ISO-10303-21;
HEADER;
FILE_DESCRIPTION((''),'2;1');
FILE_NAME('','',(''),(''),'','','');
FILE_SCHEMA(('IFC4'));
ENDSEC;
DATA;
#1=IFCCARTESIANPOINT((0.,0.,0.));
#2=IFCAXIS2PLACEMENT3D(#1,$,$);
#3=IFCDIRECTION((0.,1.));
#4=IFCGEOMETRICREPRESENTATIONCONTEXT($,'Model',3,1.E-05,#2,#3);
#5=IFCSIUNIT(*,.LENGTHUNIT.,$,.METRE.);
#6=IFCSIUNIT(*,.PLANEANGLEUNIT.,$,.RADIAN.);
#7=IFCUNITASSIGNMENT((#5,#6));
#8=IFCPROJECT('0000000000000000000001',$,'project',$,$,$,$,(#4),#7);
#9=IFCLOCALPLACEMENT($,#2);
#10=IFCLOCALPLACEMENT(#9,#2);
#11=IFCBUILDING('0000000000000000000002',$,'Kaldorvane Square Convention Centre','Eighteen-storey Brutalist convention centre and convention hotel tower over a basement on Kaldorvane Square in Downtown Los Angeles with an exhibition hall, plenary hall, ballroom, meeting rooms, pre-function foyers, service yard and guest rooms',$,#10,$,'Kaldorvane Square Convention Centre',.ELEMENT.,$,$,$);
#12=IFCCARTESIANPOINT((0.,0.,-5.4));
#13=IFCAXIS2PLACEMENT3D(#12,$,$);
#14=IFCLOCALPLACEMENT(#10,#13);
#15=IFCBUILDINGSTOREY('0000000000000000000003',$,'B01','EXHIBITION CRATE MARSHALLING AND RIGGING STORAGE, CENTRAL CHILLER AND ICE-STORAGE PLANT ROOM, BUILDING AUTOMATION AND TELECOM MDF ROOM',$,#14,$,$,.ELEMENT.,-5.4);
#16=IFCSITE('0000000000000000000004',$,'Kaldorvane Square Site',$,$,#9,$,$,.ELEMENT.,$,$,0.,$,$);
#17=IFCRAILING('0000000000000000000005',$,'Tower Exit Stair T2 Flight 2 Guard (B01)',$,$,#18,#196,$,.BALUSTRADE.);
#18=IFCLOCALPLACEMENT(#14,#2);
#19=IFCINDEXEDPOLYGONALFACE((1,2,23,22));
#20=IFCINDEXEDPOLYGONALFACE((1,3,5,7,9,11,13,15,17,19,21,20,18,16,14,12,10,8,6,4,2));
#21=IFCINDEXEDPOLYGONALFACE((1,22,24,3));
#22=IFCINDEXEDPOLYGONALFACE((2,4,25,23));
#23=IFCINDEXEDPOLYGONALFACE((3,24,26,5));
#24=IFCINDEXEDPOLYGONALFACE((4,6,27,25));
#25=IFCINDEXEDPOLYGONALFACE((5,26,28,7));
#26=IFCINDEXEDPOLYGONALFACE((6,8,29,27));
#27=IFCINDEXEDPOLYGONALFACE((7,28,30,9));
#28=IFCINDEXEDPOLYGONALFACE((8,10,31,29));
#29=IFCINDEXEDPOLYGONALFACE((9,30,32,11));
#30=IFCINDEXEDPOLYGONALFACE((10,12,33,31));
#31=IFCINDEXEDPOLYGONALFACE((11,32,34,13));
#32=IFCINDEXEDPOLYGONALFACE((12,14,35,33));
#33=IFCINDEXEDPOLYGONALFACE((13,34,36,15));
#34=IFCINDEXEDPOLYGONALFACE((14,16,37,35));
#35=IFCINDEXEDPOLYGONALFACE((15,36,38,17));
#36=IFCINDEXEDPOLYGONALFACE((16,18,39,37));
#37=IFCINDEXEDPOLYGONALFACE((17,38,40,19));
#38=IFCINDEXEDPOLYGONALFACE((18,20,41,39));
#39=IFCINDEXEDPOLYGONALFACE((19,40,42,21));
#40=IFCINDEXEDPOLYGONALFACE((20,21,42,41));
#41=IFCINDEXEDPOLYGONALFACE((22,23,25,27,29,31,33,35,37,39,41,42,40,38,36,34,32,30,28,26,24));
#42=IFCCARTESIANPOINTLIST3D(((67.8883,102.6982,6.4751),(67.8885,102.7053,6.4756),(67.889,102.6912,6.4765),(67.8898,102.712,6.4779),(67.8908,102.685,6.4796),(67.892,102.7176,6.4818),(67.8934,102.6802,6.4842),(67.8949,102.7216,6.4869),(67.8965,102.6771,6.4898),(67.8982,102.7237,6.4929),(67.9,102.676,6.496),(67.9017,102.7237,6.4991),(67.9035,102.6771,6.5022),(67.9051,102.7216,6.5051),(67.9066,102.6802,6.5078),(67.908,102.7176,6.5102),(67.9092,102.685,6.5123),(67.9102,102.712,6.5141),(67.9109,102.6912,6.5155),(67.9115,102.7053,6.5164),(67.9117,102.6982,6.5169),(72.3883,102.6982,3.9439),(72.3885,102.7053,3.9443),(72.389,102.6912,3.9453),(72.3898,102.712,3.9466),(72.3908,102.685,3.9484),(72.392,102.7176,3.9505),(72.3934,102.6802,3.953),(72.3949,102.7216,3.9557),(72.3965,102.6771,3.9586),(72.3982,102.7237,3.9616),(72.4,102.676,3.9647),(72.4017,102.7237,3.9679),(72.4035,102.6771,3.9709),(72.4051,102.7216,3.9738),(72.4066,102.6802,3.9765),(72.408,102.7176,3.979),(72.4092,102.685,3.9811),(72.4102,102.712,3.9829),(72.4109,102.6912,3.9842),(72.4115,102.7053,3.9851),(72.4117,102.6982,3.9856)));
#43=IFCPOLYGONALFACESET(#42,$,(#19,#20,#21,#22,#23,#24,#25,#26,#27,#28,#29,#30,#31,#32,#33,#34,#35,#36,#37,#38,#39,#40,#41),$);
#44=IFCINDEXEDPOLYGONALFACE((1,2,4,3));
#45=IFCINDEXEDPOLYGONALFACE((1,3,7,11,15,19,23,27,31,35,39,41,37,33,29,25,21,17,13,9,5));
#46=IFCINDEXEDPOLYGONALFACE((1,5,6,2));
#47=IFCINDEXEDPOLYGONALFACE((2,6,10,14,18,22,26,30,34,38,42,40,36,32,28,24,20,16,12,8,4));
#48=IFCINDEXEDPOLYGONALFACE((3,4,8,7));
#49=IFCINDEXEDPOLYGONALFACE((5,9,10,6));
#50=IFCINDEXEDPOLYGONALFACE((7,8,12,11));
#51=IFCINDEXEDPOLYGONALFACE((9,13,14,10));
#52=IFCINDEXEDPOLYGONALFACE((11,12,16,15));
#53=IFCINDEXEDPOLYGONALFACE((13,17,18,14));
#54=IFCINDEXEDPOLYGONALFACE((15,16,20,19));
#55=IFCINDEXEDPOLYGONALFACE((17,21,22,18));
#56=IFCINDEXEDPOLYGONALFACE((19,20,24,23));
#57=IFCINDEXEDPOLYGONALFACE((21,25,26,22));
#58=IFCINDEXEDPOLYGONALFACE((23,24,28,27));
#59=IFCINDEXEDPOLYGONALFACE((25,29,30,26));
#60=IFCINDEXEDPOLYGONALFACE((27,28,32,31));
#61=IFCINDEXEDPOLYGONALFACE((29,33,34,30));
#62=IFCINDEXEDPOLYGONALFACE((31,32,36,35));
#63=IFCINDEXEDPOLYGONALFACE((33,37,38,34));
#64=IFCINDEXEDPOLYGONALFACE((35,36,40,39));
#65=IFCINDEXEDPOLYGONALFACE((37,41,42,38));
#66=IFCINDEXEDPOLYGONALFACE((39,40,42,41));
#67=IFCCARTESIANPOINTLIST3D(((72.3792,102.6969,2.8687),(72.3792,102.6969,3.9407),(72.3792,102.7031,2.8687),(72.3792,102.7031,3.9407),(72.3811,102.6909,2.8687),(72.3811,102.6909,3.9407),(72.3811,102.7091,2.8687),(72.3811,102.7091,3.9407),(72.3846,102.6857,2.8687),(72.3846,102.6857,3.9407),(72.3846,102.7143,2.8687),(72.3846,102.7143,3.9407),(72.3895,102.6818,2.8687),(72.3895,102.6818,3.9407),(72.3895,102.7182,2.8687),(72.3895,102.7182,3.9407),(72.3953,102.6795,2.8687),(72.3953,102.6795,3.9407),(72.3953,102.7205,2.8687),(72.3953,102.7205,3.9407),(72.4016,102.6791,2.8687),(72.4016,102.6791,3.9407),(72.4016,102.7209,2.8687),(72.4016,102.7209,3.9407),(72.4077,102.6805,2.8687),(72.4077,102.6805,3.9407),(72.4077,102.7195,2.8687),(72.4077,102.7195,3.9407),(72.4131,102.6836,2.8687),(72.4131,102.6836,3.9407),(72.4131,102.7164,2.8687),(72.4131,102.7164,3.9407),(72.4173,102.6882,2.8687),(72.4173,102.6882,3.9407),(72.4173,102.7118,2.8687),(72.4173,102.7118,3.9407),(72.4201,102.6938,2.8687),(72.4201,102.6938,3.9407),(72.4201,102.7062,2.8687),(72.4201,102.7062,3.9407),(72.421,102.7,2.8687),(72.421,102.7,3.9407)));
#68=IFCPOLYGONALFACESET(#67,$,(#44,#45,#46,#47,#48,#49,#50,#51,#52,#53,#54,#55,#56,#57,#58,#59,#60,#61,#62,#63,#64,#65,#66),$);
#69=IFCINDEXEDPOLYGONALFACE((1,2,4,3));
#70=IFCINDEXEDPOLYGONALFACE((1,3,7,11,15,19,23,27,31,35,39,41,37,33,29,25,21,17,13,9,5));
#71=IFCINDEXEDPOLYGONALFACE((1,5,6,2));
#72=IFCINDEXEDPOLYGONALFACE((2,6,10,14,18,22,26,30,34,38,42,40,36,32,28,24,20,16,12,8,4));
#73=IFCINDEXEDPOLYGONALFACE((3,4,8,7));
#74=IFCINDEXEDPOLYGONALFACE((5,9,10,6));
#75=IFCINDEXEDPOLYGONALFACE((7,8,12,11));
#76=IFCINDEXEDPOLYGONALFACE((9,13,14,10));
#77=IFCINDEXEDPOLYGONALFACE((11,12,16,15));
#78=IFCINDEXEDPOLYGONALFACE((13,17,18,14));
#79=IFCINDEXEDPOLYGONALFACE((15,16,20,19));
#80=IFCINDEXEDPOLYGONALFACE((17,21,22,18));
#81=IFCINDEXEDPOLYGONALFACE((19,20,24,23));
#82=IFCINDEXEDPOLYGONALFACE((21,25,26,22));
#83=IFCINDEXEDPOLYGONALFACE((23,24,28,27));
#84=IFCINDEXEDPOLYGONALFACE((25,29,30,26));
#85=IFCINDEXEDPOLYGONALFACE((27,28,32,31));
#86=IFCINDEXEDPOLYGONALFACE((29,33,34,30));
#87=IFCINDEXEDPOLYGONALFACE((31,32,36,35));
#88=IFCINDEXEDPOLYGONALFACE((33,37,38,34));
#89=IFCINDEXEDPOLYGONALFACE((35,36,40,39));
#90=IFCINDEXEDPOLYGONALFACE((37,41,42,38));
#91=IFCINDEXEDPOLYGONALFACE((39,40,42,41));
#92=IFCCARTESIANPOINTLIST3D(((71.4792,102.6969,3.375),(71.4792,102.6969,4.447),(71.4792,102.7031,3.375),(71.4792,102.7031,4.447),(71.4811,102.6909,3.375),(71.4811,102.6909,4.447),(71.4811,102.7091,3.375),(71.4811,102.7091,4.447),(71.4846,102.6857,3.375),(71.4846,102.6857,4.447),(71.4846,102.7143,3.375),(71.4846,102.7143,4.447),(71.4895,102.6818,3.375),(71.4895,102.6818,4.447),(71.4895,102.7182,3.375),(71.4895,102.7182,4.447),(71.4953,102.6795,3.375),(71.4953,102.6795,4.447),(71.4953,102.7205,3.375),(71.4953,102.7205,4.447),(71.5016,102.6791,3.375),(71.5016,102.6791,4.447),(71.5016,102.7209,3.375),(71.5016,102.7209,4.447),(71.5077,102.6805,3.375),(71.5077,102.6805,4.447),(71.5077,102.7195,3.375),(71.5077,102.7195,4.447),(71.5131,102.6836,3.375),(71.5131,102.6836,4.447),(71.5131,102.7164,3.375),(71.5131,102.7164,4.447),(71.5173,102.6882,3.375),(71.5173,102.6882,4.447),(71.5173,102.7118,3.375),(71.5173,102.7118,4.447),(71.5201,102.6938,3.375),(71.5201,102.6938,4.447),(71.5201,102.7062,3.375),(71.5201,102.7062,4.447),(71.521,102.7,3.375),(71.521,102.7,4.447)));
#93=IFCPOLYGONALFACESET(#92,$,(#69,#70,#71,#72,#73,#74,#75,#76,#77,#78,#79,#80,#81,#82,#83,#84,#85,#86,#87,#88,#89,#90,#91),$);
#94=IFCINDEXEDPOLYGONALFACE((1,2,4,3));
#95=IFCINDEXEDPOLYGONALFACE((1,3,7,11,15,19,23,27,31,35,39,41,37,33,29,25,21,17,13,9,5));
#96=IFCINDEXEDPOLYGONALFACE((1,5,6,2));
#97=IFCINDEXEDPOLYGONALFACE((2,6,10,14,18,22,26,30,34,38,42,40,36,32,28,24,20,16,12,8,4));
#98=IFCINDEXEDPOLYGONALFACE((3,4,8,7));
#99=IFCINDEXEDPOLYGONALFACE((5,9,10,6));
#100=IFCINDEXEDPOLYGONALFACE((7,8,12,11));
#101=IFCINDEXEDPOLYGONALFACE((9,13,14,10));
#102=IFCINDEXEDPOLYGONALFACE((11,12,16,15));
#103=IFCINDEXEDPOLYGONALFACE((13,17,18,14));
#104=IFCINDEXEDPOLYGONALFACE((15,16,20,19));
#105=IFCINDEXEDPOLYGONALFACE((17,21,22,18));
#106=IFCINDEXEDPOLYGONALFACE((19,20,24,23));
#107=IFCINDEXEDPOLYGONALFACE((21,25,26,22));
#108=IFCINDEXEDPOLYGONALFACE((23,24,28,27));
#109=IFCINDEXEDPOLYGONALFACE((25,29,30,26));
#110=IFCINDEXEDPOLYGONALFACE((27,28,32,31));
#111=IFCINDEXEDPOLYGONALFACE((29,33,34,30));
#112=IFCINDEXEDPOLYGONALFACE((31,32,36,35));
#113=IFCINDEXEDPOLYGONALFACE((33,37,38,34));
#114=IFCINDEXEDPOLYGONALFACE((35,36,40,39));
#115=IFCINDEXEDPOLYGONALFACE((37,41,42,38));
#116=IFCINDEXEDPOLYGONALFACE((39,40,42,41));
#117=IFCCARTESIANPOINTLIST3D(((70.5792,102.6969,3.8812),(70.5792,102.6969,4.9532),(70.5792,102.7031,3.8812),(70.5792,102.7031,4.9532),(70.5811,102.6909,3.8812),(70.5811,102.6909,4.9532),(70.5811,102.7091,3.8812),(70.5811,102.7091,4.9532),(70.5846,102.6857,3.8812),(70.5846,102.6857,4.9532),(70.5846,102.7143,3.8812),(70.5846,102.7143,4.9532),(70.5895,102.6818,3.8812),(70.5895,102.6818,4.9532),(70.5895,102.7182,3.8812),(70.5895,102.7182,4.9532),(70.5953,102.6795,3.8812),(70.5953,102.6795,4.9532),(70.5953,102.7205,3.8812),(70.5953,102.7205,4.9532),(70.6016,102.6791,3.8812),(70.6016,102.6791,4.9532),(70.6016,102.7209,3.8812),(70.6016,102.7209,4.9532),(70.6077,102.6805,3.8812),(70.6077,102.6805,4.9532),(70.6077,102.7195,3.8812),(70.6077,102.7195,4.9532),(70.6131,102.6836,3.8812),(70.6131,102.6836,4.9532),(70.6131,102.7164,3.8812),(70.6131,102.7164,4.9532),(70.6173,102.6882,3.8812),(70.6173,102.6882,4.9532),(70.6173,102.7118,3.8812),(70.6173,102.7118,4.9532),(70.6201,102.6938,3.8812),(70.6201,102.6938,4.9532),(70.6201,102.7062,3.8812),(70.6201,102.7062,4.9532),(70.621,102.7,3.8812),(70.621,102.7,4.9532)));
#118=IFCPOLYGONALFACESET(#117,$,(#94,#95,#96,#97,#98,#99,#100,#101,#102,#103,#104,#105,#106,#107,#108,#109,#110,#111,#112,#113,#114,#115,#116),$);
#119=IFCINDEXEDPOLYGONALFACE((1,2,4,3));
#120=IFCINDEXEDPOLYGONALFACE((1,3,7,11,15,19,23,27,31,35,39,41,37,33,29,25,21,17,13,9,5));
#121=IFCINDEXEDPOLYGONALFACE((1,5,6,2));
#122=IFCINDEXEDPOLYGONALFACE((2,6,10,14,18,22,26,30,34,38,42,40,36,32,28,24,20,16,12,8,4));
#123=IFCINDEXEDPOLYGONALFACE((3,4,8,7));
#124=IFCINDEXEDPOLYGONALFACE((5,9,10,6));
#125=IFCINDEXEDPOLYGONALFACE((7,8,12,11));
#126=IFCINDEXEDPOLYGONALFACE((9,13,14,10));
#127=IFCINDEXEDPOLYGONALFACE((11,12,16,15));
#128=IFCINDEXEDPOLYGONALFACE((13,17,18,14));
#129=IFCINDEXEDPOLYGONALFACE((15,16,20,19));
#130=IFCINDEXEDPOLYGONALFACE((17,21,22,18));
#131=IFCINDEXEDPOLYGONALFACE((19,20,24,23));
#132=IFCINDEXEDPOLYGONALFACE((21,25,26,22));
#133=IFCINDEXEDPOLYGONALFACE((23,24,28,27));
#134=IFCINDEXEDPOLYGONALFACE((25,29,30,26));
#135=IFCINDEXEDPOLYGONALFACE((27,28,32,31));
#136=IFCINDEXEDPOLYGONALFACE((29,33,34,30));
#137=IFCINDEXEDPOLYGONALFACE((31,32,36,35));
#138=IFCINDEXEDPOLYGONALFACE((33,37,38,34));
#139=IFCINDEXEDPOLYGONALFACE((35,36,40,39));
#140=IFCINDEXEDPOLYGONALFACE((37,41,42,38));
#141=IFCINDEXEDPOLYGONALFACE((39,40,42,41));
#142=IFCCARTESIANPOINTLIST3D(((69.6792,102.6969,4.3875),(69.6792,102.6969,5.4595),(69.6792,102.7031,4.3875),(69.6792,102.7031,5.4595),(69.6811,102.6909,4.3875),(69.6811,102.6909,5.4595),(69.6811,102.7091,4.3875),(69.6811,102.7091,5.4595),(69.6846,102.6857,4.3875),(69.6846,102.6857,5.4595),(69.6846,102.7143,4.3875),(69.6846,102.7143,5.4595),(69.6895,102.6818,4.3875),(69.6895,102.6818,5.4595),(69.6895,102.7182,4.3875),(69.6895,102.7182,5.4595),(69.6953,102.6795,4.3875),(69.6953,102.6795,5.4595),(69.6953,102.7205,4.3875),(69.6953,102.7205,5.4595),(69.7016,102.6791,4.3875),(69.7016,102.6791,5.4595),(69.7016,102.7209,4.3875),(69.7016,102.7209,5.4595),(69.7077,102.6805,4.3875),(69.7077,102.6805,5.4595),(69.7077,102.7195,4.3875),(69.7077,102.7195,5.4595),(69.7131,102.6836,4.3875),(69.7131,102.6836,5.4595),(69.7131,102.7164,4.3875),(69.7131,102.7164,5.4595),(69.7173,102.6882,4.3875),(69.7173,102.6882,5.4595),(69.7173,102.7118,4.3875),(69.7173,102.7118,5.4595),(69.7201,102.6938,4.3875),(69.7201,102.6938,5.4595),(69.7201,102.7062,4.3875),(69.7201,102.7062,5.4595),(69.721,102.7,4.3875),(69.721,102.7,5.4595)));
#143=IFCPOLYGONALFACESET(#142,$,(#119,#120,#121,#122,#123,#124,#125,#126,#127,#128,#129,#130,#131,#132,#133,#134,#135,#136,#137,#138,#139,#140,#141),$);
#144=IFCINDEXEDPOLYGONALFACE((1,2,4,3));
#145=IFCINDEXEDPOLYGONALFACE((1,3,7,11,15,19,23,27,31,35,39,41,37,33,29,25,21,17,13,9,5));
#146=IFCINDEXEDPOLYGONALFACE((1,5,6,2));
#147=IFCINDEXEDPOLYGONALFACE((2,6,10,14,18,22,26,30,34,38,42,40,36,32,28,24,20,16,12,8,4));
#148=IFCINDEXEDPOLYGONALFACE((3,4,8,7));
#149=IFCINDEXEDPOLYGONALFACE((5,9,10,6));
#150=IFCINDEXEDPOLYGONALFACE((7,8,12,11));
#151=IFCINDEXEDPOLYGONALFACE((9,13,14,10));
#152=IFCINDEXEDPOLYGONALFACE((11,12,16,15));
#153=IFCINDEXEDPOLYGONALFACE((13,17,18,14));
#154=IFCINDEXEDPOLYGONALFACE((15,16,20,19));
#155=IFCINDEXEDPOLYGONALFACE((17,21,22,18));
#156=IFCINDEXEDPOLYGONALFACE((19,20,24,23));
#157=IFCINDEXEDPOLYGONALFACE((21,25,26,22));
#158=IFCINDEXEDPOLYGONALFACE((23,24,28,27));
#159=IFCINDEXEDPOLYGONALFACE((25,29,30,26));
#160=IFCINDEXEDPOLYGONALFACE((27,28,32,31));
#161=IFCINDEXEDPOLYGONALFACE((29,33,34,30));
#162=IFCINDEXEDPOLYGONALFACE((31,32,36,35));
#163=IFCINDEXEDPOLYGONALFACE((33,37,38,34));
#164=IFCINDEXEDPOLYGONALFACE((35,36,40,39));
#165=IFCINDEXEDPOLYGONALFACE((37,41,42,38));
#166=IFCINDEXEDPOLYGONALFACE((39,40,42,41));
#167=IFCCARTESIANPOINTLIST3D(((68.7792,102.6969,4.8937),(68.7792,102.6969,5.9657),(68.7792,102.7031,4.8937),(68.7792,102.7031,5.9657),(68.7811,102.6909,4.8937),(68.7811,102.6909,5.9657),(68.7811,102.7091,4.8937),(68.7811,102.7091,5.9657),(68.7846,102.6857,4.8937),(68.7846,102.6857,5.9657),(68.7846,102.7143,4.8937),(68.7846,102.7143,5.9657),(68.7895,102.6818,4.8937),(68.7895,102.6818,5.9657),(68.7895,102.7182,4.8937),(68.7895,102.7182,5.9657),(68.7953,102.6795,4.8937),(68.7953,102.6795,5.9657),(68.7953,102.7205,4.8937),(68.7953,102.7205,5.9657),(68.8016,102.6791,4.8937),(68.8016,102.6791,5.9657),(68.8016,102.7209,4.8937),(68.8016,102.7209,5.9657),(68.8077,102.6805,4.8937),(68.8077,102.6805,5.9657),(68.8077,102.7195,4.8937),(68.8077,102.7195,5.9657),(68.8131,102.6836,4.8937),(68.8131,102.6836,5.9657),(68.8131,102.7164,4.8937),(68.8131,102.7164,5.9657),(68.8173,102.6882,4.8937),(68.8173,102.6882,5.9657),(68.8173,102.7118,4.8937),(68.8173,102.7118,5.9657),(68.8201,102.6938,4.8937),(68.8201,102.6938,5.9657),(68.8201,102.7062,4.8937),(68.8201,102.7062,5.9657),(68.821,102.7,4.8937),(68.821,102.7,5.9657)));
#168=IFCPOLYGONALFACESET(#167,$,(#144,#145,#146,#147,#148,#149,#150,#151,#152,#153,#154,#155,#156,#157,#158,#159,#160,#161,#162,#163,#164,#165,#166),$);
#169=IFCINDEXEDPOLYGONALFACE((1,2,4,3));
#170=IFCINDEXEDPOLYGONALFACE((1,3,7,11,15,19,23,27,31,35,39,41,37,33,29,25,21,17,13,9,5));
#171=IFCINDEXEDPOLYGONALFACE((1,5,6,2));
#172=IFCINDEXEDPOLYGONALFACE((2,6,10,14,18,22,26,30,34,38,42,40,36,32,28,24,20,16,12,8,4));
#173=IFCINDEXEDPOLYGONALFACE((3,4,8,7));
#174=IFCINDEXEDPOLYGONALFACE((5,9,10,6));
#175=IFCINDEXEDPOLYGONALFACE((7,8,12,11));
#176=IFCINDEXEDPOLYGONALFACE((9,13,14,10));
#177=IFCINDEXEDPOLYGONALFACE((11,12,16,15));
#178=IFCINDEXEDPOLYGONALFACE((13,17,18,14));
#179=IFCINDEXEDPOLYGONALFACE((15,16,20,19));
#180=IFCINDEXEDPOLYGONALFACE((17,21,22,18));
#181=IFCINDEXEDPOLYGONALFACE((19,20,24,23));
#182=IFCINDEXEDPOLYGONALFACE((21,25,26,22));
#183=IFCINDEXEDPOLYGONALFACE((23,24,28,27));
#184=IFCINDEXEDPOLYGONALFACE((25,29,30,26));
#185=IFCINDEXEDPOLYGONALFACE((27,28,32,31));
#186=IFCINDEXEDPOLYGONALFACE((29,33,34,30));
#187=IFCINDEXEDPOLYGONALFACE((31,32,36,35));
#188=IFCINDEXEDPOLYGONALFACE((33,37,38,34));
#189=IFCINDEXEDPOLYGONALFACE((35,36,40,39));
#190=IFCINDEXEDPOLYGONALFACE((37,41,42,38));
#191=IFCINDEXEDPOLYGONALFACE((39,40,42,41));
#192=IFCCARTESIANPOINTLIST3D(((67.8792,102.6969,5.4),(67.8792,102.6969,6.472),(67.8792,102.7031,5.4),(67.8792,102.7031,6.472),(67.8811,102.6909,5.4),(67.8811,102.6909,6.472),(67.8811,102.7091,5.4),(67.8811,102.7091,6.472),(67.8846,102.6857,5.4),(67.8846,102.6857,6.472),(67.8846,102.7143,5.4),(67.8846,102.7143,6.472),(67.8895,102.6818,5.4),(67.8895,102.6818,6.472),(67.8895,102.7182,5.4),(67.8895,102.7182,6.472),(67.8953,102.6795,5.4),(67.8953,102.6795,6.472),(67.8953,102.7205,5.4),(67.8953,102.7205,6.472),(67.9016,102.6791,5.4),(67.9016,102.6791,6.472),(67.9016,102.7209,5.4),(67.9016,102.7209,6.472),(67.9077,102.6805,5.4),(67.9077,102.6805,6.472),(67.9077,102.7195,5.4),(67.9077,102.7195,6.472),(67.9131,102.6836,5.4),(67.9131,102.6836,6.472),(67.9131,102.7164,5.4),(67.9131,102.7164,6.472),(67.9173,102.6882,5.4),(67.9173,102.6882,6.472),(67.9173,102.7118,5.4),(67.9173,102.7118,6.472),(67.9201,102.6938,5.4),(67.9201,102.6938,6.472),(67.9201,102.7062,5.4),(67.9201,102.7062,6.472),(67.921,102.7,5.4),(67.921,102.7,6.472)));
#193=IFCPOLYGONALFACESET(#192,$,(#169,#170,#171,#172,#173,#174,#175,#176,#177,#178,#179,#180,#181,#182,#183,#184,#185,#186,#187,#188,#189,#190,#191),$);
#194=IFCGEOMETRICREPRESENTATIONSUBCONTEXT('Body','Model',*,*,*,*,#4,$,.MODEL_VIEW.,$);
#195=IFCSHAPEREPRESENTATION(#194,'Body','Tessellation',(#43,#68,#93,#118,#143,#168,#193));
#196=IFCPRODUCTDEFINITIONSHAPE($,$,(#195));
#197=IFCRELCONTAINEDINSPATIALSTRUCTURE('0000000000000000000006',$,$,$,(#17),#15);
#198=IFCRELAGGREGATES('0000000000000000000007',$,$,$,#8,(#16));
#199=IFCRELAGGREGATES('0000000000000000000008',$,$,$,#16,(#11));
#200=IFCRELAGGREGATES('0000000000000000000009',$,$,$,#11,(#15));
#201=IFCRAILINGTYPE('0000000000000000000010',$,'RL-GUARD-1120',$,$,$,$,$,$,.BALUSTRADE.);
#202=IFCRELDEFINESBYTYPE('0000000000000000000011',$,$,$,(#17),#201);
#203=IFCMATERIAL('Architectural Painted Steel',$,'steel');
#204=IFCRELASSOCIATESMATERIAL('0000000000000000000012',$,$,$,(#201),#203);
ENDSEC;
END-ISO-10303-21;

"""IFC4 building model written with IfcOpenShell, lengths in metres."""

from ifc_helpers import new_model, si_unit, direction, frame, origin, origin_2d, place, context, subcontext, project, spatial, circle, extrude, material, type_object, element, save


model = new_model("IFC4")

# Units and contexts
model_context = context("Model", 3, precision=1e-05, world=origin(), true_north=direction((0.0, 1.0)))
body_context = subcontext(model_context, "Body", "Model", "MODEL_VIEW")
ifc_project = project(units=[si_unit("LENGTHUNIT", "METRE"), si_unit("PLANEANGLEUNIT", "RADIAN")], contexts=[model_context])

# Site, building, storey
site_placement = place(None, origin())
site = spatial("IfcSite", under=ifc_project, at=site_placement, Name="Kaldorvane Square Site", CompositionType="ELEMENT", RefElevation=0.0)
building_placement = place(site_placement, origin())
building = spatial("IfcBuilding", under=site, at=building_placement, Name="Kaldorvane Square Convention Centre", Description="Eighteen-storey Brutalist convention centre and convention hotel tower over a basement on Kaldorvane Square in Downtown Los Angeles with an exhibition hall, plenary hall, ballroom, meeting rooms, pre-function foyers, service yard and guest rooms", LongName="Kaldorvane Square Convention Centre", CompositionType="ELEMENT")
storey_placement = place(building_placement, frame((0.0, 0.0, -5.4)))
storey = spatial("IfcBuildingStorey", under=building, at=storey_placement, Name="B01", Description="EXHIBITION CRATE MARSHALLING AND RIGGING STORAGE, CENTRAL CHILLER AND ICE-STORAGE PLANT ROOM, BUILDING AUTOMATION AND TELECOM MDF ROOM", CompositionType="ELEMENT", Elevation=-5.4)

# Railing
ifc_material_1 = material(Name="Architectural Painted Steel", Category="steel")
railing_type_1 = type_object("IfcRailingType", Name="RL-GUARD-1120", PredefinedType="BALUSTRADE", material=ifc_material_1)
railing_1_placement = place(storey_placement, frame((72.4, 102.7, 2.8687)))
element("IfcRailing", 1, at=railing_1_placement, inside=storey, type_object=railing_type_1, Name="Tower Exit Stair T2 Flight 2 Guard (B01)", PredefinedType="BALUSTRADE", context=body_context, shape_type="SweptSolid", body=[
    extrude(circle(Radius=0.024, at=origin_2d()), frame((0.0, 0.0, 1.096), z_axis=(-0.871576, 0.0, 0.490261), x_axis=(0.0, -1.0, 0.0)), (0.0, 0.0, 1.0), 5.1631),
    extrude(circle(Radius=0.021, at=origin_2d()), origin(), (0.0, 0.0, 1.0), 1.072),
    extrude(circle(Radius=0.021, at=origin_2d()), frame((-0.9, 0.0, 0.5063)), (0.0, 0.0, 1.0), 1.072),
    extrude(circle(Radius=0.021, at=origin_2d()), frame((-1.8, 0.0, 1.0125)), (0.0, 0.0, 1.0), 1.072),
    extrude(circle(Radius=0.021, at=origin_2d()), frame((-2.7, 0.0, 1.5188)), (0.0, 0.0, 1.0), 1.072),
    extrude(circle(Radius=0.021, at=origin_2d()), frame((-3.6, 0.0, 2.025)), (0.0, 0.0, 1.0), 1.072),
    extrude(circle(Radius=0.021, at=origin_2d()), frame((-4.5, 0.0, 2.5312)), (0.0, 0.0, 1.0), 1.072),
])

save(model, "model.ifc")
